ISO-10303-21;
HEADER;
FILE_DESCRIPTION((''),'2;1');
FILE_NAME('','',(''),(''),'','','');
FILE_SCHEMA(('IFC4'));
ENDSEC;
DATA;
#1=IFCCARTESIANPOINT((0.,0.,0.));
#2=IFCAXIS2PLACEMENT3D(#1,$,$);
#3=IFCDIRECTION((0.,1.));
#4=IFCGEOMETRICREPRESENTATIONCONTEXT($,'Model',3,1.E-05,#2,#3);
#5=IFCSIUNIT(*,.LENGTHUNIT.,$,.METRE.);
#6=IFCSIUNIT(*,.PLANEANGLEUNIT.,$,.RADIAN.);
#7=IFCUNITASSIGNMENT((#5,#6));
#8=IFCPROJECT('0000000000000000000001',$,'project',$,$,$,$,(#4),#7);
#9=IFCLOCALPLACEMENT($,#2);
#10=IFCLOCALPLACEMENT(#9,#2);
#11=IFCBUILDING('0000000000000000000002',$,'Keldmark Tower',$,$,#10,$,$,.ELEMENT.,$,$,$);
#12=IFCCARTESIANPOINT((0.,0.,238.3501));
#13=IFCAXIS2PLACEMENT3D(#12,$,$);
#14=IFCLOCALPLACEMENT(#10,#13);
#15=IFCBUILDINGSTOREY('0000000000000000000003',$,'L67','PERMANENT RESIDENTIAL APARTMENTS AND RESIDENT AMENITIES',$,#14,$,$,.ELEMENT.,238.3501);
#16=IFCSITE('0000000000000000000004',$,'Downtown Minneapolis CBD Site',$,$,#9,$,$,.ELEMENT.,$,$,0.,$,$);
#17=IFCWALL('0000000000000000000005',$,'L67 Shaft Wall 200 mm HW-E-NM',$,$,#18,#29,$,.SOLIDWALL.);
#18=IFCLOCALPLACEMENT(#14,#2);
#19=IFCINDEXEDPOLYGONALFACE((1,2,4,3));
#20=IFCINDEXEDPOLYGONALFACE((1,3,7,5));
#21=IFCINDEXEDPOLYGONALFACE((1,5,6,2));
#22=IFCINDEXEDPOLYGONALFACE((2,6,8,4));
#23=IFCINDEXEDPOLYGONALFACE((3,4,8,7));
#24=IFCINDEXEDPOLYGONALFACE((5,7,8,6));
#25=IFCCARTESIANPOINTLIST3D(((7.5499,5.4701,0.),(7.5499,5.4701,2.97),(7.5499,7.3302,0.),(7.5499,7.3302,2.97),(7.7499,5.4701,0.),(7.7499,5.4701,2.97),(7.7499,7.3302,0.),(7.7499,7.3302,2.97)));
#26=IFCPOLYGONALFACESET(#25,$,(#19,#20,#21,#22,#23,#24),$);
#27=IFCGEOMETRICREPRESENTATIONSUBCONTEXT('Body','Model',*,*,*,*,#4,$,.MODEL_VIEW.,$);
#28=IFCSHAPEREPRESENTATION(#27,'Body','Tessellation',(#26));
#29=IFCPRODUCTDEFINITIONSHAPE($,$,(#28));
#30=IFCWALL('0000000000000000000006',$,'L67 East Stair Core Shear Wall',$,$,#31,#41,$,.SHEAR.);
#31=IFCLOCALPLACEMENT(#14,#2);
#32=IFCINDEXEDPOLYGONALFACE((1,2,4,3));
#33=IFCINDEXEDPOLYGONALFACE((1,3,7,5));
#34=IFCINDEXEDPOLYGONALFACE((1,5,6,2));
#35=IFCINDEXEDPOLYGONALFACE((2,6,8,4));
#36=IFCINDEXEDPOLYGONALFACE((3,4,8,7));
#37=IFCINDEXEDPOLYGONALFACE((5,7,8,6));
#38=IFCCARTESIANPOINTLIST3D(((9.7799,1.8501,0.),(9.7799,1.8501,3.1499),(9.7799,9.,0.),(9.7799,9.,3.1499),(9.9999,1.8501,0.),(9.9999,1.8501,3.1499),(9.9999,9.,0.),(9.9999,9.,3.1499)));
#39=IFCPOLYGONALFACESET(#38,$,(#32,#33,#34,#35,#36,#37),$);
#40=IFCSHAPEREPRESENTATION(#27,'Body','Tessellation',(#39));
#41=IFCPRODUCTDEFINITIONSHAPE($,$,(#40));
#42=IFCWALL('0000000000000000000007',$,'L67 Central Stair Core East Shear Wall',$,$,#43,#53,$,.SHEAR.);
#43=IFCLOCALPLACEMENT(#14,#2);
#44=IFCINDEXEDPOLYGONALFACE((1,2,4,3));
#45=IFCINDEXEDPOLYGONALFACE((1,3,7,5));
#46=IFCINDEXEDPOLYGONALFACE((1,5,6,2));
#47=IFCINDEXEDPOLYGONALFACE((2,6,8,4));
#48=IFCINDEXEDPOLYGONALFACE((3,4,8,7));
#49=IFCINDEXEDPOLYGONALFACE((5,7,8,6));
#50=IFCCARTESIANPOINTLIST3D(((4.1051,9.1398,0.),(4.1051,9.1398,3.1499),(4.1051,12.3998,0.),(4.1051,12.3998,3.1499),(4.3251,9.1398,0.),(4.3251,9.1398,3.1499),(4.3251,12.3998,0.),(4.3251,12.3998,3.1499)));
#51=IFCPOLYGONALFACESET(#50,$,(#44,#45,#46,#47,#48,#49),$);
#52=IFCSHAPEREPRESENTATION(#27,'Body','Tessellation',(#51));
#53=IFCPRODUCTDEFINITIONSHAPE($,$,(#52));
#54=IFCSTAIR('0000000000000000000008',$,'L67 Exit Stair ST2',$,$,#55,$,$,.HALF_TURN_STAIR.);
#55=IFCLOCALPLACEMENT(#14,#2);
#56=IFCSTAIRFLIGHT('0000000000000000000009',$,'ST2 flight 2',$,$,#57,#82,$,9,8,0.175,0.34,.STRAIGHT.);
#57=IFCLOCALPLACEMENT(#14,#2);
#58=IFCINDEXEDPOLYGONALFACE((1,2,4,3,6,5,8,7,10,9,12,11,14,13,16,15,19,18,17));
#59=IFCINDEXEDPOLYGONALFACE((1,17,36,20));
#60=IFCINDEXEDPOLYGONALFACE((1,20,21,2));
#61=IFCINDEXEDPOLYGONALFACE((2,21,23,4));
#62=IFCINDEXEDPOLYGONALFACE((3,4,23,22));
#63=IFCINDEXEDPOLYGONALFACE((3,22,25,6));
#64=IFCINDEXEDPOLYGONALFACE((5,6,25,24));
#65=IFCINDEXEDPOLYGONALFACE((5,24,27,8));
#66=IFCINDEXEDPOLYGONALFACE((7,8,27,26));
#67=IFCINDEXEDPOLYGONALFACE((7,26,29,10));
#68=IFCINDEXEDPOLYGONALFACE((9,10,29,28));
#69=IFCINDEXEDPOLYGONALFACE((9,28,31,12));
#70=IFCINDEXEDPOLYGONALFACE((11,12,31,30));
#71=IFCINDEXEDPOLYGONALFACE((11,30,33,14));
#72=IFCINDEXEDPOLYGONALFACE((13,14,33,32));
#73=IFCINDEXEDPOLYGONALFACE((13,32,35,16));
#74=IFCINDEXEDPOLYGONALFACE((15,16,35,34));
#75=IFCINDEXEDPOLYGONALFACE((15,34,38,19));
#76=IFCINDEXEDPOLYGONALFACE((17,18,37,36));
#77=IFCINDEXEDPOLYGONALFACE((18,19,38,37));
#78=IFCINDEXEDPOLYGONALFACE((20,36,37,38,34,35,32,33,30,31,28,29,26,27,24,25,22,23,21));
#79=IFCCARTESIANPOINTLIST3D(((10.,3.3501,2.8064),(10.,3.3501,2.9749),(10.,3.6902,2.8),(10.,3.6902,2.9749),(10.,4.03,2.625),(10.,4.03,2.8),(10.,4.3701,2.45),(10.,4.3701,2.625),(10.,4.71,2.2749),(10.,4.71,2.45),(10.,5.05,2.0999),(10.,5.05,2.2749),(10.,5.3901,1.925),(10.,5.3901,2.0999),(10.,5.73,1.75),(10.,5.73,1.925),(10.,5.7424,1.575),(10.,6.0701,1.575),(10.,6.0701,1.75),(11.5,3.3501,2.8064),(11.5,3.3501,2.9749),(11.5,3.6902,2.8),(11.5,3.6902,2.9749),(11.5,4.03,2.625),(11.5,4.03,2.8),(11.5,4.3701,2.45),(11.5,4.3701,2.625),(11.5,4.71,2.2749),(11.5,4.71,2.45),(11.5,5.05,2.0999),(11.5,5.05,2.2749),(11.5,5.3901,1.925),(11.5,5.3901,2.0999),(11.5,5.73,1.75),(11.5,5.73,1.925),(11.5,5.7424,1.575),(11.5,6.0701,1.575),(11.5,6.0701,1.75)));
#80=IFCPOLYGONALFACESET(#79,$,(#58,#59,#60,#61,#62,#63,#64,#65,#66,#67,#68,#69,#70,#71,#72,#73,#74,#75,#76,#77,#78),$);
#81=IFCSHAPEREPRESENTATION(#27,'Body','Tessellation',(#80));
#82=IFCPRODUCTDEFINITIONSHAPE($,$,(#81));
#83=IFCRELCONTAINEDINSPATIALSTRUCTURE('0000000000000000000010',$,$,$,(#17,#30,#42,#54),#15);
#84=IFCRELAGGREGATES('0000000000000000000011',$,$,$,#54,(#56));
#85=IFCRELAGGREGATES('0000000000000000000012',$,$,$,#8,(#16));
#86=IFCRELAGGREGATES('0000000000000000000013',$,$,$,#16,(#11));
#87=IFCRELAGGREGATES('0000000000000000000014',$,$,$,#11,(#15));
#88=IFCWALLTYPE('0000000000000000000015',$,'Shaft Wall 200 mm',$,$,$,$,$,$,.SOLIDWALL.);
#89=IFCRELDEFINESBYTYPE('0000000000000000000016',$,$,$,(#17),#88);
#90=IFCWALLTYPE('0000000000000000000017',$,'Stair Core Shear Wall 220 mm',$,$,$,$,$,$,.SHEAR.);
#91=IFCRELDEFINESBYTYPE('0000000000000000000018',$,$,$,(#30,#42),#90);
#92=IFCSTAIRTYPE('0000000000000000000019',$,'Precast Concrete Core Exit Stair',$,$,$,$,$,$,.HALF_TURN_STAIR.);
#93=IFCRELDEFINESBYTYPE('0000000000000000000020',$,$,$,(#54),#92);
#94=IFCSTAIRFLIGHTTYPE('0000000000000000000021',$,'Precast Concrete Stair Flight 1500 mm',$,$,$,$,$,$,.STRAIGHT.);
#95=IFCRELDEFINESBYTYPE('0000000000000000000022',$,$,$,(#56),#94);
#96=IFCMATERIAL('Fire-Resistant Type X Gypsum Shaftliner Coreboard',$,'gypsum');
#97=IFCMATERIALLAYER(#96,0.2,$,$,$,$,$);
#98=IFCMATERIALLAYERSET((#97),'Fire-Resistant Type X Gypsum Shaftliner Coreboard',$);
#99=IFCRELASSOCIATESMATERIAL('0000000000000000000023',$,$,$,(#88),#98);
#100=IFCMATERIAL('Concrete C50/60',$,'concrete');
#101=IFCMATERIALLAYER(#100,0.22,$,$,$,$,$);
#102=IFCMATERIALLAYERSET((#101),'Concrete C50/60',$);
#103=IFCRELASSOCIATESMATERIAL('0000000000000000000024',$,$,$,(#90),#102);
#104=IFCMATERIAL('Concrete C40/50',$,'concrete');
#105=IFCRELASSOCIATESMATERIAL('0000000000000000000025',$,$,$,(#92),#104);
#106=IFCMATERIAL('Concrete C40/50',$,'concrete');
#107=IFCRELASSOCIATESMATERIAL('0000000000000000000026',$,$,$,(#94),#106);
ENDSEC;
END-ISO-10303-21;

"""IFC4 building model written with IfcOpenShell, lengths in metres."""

from ifc_helpers import new_model, si_unit, direction, frame, frame_2d, origin, place, context, subcontext, project, spatial, polyline, rectangle, outline, extrude, material, layer, layer_set, type_object, element, aggregate, save


model = new_model("IFC4")

# Units and contexts
model_context = context("Model", 3, precision=1e-05, world=origin(), true_north=direction((0.0, 1.0)))
body_context = subcontext(model_context, "Body", "Model", "MODEL_VIEW")
ifc_project = project(units=[si_unit("LENGTHUNIT", "METRE"), si_unit("PLANEANGLEUNIT", "RADIAN")], contexts=[model_context])

# Site, building, storey
site_placement = place(None, origin())
site = spatial("IfcSite", under=ifc_project, at=site_placement, Name="Downtown Minneapolis CBD Site", CompositionType="ELEMENT", RefElevation=0.0)
building_placement = place(site_placement, origin())
building = spatial("IfcBuilding", under=site, at=building_placement, Name="Keldmark Tower", CompositionType="ELEMENT")
storey_placement = place(building_placement, frame((0.0, 0.0, 238.3501)))
storey = spatial("IfcBuildingStorey", under=building, at=storey_placement, Name="L67", Description="PERMANENT RESIDENTIAL APARTMENTS AND RESIDENT AMENITIES", CompositionType="ELEMENT", Elevation=238.3501)

# Shared definitions
ifc_material_1 = material(Name="Fire-Resistant Type X Gypsum Shaftliner Coreboard", Category="gypsum")
ifc_layer_1 = layer(ifc_material_1, 0.2)
ifc_layer_set_1 = layer_set([ifc_layer_1], Name="Fire-Resistant Type X Gypsum Shaftliner Coreboard")
wall_type_1 = type_object("IfcWallType", Name="Shaft Wall 200 mm", PredefinedType="SOLIDWALL", material=ifc_layer_set_1)

# Walls
wall_1_placement = place(storey_placement, frame((7.6499, 5.47, 0.0), z_axis=(0.0, 0.0, 1.0), x_axis=(0.0, 1.0, 0.0)))
element("IfcWall", 1, at=wall_1_placement, inside=storey, type_object=wall_type_1, Name="L67 Shaft Wall 200 mm HW-E-NM", PredefinedType="SOLIDWALL", context=body_context, shape_type="SweptSolid", body=[
    extrude(rectangle(XDim=1.8601, YDim=0.2, at=frame_2d((0.9302, 0.0))), origin(), (0.0, 0.0, 1.0), 2.97),
])
ifc_material_2 = material(Name="Concrete C50/60", Category="concrete")
ifc_layer_2 = layer(ifc_material_2, 0.22)
ifc_layer_set_2 = layer_set([ifc_layer_2], Name="Concrete C50/60")
wall_type_2 = type_object("IfcWallType", Name="Stair Core Shear Wall 220 mm", PredefinedType="SHEAR", material=ifc_layer_set_2)
wall_2_placement = place(storey_placement, frame((9.8899, 1.8501, 0.0), z_axis=(0.0, 0.0, 1.0), x_axis=(0.0, 1.0, 0.0)))
element("IfcWall", 2, at=wall_2_placement, inside=storey, type_object=wall_type_2, Name="L67 East Stair Core Shear Wall", PredefinedType="SHEAR", context=body_context, shape_type="SweptSolid", body=[
    extrude(rectangle(XDim=7.1499, YDim=0.22, at=frame_2d((3.575, 0.0))), origin(), (0.0, 0.0, 1.0), 3.1499),
])
wall_3_placement = place(storey_placement, frame((4.2151, 9.1399, 0.0), z_axis=(0.0, 0.0, 1.0), x_axis=(0.0, 1.0, 0.0)))
element("IfcWall", 3, at=wall_3_placement, inside=storey, type_object=wall_type_2, Name="L67 Central Stair Core East Shear Wall", PredefinedType="SHEAR", context=body_context, shape_type="SweptSolid", body=[
    extrude(rectangle(XDim=3.26, YDim=0.22, at=frame_2d((1.6299, 0.0))), origin(), (0.0, 0.0, 1.0), 3.1499),
])

# Stair, stair flight
ifc_material_3 = material(Name="Concrete C40/50", Category="concrete")
stair_type = type_object("IfcStairType", Name="Precast Concrete Core Exit Stair", PredefinedType="HALF_TURN_STAIR", material=ifc_material_3)
stair_placement = place(storey_placement, origin())
stair = element("IfcStair", 4, at=stair_placement, inside=storey, type_object=stair_type, Name="L67 Exit Stair ST2", PredefinedType="HALF_TURN_STAIR")
ifc_material_4 = material(Name="Concrete C40/50", Category="concrete")
stair_flight_type = type_object("IfcStairFlightType", Name="Precast Concrete Stair Flight 1500 mm", PredefinedType="STRAIGHT", material=ifc_material_4)
stair_flight_placement = place(storey_placement, frame((10.75, 6.0701, 1.575), z_axis=(0.0, 0.0, 1.0), x_axis=(0.0, -1.0, 0.0)))
stair_flight = element("IfcStairFlight", 5, at=stair_flight_placement, type_object=stair_flight_type, Name="ST2 flight 2", NumberOfRisers=9, NumberOfTreads=8, PredefinedType="STRAIGHT", RiserHeight=0.175, TreadLength=0.34, context=body_context, shape_type="SweptSolid", body=[
    extrude(outline(polyline([(0.0, 0.0), (0.0, 0.175), (0.3401, 0.175), (0.3401, 0.3501), (0.6799, 0.3501), (0.6799, 0.5249), (1.02, 0.5249), (1.02, 0.7), (1.3601, 0.7), (1.3601, 0.875), (1.7, 0.875), (1.7, 1.05), (2.04, 1.05), (2.04, 1.2251), (2.3799, 1.2251), (2.3799, 1.3999), (2.72, 1.3999), (2.72, 1.575), (2.72, 1.2314), (0.3276, 0.0), (0.0, 0.0)])), frame((0.0, 0.75, 0.0), z_axis=(0.0, -1.0, 0.0), x_axis=(1.0, 0.0, 0.0)), (0.0, 0.0, 1.0), 1.5),
])
aggregate(stair, [stair_flight])

save(model, "model.ifc")
